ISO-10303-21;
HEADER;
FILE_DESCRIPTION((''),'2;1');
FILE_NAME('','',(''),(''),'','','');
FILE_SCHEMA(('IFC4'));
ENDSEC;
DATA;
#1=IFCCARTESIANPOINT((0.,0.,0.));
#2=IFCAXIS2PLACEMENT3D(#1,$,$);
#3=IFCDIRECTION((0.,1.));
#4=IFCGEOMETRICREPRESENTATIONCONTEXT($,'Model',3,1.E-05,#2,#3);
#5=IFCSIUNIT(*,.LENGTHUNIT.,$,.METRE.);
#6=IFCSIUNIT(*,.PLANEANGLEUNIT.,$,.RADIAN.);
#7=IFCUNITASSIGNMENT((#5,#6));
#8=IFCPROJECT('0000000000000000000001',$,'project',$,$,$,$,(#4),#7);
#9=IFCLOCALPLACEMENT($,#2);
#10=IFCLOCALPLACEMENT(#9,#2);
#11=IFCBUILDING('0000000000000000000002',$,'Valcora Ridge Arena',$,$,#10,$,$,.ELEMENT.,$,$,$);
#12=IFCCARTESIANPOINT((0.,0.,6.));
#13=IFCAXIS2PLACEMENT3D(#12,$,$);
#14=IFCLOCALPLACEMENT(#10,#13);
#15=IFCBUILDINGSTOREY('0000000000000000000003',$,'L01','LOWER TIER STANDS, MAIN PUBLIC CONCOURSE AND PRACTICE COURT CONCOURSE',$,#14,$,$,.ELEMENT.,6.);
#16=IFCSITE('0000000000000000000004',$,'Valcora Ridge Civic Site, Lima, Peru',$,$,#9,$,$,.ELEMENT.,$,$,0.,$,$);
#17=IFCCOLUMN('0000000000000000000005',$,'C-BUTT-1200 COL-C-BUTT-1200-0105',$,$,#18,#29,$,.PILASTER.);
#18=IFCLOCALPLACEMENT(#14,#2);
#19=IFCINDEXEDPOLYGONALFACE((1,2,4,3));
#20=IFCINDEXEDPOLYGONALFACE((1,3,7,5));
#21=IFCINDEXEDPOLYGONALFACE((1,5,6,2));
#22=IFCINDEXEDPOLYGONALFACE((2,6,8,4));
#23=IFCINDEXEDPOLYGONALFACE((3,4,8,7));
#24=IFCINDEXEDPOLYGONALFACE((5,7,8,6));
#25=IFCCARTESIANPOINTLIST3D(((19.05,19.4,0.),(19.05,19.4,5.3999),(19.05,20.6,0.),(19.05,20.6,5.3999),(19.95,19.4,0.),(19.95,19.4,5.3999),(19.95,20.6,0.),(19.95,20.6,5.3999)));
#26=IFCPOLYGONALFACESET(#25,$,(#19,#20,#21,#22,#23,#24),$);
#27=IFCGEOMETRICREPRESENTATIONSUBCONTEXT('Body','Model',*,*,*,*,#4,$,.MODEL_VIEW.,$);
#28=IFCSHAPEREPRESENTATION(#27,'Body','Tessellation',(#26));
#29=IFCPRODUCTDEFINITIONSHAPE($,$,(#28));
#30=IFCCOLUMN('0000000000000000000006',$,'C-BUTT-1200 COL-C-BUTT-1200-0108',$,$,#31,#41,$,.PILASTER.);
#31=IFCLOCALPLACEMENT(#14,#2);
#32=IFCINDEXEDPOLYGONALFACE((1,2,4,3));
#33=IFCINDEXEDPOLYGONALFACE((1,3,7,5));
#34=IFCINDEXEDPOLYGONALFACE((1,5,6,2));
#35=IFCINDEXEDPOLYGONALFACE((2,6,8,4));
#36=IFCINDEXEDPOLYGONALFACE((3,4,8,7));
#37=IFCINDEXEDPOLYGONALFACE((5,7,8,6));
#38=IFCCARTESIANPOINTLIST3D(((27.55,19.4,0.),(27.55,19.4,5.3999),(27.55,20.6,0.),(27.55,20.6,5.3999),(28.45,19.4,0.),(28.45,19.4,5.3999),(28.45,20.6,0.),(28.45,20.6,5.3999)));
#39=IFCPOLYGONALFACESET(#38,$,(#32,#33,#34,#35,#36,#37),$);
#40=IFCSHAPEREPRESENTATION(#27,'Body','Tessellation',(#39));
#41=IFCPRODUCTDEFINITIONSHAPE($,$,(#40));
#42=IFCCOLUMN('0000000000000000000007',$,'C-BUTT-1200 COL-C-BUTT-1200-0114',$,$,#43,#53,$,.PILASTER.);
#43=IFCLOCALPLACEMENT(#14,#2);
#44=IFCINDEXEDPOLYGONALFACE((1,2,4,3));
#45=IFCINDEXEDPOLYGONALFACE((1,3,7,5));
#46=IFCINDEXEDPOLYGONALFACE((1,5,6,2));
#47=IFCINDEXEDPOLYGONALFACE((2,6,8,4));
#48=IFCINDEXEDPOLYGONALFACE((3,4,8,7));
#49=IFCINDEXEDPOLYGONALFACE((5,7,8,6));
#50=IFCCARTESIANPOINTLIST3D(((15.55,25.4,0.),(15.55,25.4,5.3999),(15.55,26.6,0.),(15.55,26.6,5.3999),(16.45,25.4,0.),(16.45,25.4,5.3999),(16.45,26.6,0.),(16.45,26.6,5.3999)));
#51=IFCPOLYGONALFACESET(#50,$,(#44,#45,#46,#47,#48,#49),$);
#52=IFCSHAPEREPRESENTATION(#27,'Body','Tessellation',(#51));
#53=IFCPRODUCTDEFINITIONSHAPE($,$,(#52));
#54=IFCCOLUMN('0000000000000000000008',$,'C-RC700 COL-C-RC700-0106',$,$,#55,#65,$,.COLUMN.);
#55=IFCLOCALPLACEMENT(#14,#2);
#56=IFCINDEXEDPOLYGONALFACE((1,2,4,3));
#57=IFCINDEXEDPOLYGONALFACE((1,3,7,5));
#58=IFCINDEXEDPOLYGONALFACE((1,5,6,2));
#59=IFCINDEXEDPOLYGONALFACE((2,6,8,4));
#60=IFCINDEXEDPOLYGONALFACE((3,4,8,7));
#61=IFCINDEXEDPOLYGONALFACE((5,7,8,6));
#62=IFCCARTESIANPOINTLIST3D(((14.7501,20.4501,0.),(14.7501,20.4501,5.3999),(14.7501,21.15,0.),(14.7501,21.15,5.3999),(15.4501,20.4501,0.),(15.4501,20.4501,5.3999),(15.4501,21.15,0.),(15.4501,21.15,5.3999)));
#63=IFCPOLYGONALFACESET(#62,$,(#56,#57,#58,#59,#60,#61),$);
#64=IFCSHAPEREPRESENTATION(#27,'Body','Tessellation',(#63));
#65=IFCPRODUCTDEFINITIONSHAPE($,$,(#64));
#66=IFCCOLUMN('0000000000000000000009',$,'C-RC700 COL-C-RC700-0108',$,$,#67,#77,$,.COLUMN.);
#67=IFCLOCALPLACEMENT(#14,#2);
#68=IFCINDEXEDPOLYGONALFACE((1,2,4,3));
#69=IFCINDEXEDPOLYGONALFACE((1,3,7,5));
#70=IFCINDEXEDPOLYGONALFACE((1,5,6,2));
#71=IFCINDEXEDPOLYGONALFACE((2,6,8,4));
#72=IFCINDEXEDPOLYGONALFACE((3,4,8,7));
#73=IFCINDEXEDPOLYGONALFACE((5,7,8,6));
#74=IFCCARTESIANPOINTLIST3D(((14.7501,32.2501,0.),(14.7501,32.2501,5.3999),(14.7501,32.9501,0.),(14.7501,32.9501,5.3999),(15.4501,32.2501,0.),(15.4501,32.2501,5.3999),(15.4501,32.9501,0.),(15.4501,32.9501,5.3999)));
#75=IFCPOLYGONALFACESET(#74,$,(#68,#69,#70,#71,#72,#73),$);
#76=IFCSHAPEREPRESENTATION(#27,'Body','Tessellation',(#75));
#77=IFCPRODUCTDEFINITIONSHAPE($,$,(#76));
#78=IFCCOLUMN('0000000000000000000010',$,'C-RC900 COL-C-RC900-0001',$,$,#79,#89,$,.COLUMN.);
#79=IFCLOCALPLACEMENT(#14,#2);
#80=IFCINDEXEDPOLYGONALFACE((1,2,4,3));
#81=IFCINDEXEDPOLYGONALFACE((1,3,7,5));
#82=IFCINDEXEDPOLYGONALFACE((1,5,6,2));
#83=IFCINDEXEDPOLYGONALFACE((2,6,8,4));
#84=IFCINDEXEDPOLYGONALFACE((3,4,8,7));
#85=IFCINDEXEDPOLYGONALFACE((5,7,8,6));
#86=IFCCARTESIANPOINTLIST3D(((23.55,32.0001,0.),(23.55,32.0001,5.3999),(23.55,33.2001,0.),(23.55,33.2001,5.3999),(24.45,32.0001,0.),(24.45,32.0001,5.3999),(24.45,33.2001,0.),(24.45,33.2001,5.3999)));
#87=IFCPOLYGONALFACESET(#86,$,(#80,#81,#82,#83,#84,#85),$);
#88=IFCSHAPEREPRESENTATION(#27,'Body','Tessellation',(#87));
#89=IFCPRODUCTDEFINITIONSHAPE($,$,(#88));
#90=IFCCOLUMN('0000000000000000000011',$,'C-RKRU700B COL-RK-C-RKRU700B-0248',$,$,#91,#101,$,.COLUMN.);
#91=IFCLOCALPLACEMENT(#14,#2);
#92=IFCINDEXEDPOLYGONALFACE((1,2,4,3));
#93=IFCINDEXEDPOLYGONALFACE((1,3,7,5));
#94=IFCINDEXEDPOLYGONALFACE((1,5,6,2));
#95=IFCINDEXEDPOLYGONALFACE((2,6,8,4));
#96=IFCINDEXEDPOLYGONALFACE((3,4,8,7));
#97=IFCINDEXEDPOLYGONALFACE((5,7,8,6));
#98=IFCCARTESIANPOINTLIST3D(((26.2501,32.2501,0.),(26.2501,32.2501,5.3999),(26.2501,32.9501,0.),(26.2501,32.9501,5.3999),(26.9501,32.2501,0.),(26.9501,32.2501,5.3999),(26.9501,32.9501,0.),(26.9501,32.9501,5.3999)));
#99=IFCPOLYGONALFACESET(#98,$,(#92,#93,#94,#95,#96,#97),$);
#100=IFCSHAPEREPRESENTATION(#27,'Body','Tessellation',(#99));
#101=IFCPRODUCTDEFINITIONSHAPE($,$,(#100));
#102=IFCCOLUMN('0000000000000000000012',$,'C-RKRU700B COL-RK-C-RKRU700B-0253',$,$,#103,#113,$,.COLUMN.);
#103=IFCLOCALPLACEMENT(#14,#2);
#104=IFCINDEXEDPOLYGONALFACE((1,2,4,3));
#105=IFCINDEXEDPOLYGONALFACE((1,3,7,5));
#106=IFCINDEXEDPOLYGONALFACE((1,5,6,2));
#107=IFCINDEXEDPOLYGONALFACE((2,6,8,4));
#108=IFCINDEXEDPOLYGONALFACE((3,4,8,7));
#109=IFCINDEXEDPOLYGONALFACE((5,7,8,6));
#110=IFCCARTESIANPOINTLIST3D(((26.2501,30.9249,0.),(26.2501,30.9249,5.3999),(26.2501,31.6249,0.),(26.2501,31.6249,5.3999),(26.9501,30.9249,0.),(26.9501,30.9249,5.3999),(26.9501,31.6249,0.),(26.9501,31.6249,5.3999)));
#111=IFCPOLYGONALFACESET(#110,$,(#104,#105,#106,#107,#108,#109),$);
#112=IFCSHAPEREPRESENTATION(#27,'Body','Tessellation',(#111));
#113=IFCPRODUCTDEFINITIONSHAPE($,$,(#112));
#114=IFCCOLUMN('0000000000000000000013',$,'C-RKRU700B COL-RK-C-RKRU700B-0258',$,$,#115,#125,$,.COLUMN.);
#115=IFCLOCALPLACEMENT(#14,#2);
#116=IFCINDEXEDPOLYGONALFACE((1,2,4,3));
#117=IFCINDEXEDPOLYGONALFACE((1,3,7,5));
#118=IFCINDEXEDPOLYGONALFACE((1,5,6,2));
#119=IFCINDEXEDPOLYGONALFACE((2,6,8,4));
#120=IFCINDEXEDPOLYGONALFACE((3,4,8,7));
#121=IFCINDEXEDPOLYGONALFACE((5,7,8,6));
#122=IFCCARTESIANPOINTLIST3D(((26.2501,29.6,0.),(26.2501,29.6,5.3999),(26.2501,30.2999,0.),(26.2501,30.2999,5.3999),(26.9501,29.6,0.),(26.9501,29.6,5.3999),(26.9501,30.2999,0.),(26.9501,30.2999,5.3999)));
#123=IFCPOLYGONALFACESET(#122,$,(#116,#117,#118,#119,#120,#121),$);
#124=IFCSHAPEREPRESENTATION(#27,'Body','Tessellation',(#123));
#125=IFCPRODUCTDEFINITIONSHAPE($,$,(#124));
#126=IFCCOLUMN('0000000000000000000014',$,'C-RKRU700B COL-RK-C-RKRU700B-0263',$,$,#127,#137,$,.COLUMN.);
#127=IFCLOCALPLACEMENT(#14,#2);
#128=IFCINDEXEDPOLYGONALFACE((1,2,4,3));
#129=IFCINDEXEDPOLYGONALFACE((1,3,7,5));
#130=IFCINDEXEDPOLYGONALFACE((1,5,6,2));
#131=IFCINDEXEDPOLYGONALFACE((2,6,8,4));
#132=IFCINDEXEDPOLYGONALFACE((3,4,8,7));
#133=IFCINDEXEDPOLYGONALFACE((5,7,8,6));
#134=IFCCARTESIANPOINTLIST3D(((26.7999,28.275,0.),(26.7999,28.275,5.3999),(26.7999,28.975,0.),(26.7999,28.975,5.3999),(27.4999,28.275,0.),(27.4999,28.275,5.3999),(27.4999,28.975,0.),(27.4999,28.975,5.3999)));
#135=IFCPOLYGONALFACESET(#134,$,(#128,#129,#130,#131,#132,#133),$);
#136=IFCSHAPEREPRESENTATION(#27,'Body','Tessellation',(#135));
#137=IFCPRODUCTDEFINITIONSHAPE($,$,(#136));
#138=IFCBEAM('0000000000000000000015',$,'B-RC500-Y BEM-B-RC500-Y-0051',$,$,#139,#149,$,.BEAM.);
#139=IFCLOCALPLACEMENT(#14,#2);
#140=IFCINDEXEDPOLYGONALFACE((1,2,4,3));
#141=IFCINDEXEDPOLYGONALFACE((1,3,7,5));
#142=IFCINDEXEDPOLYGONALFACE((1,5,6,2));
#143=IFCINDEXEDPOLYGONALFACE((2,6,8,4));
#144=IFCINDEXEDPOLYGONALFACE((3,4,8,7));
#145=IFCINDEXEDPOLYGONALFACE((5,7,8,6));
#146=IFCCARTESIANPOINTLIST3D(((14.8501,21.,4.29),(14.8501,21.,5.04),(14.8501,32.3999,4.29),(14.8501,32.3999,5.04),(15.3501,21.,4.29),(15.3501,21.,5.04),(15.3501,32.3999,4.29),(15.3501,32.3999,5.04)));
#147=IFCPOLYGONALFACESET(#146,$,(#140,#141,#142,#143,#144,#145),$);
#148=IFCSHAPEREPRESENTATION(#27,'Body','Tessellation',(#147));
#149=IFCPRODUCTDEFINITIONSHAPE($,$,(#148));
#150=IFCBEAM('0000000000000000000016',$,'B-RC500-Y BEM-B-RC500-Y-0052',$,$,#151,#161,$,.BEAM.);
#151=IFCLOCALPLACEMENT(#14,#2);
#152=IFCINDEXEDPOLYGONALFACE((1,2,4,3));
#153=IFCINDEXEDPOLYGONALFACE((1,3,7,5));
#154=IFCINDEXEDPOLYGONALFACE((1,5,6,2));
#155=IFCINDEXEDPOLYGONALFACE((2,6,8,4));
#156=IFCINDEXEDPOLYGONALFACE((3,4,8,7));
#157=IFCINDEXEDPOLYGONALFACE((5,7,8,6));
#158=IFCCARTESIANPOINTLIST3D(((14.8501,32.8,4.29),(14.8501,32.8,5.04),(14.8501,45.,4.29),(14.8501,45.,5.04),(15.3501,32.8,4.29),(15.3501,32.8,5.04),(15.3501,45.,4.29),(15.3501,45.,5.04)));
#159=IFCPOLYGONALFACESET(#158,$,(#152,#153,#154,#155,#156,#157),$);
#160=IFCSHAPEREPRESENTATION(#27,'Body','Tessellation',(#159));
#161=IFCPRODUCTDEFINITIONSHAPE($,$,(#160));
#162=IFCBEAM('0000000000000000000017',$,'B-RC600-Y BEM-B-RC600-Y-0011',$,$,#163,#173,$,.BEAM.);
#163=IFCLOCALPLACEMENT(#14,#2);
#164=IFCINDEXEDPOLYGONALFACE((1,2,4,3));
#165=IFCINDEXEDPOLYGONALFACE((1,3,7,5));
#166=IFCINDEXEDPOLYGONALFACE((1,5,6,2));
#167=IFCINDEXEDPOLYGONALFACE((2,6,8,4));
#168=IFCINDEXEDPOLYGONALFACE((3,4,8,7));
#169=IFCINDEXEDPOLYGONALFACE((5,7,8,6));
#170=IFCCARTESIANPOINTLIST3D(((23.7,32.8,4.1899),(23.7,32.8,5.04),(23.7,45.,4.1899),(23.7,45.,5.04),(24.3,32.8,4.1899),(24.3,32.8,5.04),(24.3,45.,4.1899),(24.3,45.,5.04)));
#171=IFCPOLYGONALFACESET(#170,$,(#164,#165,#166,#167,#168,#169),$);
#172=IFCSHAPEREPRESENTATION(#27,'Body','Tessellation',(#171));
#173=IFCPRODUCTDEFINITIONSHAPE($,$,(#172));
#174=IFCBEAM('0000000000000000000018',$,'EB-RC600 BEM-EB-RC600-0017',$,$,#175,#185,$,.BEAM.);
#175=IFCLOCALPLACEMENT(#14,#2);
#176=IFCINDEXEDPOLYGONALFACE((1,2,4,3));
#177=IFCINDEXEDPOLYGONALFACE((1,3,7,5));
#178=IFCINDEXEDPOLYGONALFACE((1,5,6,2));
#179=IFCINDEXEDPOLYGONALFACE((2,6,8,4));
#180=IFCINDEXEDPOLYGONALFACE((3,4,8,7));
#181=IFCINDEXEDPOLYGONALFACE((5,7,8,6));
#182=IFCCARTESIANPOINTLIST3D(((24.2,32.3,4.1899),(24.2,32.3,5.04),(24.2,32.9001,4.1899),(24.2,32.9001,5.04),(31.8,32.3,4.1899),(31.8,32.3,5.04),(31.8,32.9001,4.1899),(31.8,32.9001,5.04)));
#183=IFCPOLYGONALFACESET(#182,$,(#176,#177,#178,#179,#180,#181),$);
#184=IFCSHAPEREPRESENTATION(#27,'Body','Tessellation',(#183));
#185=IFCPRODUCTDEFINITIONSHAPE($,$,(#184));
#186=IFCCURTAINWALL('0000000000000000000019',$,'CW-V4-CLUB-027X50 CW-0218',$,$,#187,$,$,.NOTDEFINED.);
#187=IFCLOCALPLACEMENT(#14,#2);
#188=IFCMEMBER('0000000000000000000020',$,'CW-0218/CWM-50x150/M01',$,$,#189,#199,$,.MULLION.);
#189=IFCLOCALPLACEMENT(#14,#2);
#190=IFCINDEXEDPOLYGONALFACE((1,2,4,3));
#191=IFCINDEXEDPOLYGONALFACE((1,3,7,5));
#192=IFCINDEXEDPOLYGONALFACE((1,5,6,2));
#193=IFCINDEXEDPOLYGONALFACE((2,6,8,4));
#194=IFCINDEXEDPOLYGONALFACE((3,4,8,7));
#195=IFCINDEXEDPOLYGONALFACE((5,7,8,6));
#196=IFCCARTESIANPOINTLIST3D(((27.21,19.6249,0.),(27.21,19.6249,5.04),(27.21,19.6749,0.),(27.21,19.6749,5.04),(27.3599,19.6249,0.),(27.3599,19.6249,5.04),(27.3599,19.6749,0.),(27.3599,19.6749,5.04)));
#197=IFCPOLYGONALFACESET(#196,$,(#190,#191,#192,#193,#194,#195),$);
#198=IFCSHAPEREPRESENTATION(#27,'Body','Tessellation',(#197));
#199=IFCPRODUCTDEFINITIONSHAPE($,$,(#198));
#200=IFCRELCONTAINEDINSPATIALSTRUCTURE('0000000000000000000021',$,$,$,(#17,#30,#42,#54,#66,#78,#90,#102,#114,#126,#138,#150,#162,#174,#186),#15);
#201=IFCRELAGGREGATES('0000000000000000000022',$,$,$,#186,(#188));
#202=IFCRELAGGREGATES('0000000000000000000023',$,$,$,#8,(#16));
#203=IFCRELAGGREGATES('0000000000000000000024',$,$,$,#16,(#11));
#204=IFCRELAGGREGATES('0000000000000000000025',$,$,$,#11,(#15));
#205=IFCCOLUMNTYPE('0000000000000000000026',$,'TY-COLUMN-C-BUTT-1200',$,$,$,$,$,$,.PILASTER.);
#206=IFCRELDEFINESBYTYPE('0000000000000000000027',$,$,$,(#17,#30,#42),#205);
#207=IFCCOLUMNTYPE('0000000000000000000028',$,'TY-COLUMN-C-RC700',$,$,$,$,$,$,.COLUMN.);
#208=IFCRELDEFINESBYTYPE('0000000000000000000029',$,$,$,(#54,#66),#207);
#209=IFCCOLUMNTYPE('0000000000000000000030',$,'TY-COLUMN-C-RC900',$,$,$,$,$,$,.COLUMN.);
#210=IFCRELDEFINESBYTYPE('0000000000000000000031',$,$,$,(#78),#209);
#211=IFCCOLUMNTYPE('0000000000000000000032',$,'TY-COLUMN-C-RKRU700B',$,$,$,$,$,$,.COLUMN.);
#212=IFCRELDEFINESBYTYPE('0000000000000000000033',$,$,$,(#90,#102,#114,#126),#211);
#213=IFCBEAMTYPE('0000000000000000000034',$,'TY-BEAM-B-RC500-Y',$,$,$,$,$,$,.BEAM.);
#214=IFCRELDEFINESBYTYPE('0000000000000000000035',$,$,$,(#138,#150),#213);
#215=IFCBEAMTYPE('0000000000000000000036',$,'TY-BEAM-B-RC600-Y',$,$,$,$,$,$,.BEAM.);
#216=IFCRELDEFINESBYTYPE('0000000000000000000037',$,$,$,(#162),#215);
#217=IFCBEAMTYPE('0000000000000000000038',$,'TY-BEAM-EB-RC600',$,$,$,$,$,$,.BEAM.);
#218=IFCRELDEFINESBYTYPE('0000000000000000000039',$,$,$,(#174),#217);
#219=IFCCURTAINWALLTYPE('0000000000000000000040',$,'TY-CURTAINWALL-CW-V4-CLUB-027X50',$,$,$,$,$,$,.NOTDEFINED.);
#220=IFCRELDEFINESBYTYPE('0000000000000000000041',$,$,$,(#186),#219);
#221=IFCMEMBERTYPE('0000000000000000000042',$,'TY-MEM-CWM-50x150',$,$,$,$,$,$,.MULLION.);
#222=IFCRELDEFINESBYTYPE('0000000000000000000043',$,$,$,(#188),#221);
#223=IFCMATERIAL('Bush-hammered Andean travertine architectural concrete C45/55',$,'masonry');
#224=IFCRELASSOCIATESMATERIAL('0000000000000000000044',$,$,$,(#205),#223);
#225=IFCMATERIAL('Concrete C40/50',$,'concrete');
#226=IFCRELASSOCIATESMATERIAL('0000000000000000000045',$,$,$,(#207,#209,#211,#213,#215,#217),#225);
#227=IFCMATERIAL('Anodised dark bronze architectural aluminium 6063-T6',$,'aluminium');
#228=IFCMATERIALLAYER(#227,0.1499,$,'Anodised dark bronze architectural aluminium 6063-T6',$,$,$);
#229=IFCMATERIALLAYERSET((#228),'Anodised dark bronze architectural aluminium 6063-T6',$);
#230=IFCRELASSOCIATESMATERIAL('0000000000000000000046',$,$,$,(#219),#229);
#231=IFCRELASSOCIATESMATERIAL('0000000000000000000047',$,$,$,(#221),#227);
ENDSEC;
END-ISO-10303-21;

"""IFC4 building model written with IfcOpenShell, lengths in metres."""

from ifc_helpers import new_model, si_unit, direction, frame, origin, origin_2d, place, context, subcontext, project, spatial, rectangle, extrude, material, layer, layer_set, material_profile, profile_set, type_object, element, aggregate, save


model = new_model("IFC4")

# Units and contexts
model_context = context("Model", 3, precision=1e-05, world=origin(), true_north=direction((0.0, 1.0)))
body_context = subcontext(model_context, "Body", "Model", "MODEL_VIEW")
ifc_project = project(units=[si_unit("LENGTHUNIT", "METRE"), si_unit("PLANEANGLEUNIT", "RADIAN")], contexts=[model_context])

# Site, building, storey
site_placement = place(None, origin())
site = spatial("IfcSite", under=ifc_project, at=site_placement, Name="Valcora Ridge Civic Site, Lima, Peru", CompositionType="ELEMENT", RefElevation=0.0)
building_placement = place(site_placement, origin())
building = spatial("IfcBuilding", under=site, at=building_placement, Name="Valcora Ridge Arena", CompositionType="ELEMENT")
storey_placement = place(building_placement, frame((0.0, 0.0, 6.0)))
storey = spatial("IfcBuildingStorey", under=building, at=storey_placement, Name="L01", Description="LOWER TIER STANDS, MAIN PUBLIC CONCOURSE AND PRACTICE COURT CONCOURSE", CompositionType="ELEMENT", Elevation=6.0)

# Columns
ifc_material_1 = material(Name="Bush-hammered Andean travertine architectural concrete C45/55", Category="masonry")
ifc_material_profile_1 = material_profile(ifc_material_1, rectangle(XDim=0.8999, YDim=1.2, at=origin_2d()), Name="RC 900x1200")
ifc_profile_set_1 = profile_set([ifc_material_profile_1], Name="Bush-hammered Andean travertine architectural concrete C45/55")
column_type_1 = type_object("IfcColumnType", Name="TY-COLUMN-C-BUTT-1200", PredefinedType="PILASTER", material=ifc_profile_set_1)
for number, where, z_axis, x_axis, name in (
    (1, (19.5, 20.0, 0.0), (0.0, 0.0, 1.0), (1.0, 0.0, 0.0), "C-BUTT-1200 COL-C-BUTT-1200-0105"),
    (2, (28.0, 20.0, 0.0), (0.0, 0.0, 1.0), (1.0, 0.0, 0.0), "C-BUTT-1200 COL-C-BUTT-1200-0108"),
    (3, (16.0, 26.0, 0.0), (0.0, 0.0, 1.0), (1.0, 0.0, 0.0), "C-BUTT-1200 COL-C-BUTT-1200-0114"),
):
    element("IfcColumn", number, at=place(storey_placement, frame(where, z_axis=z_axis, x_axis=x_axis)), inside=storey, type_object=column_type_1, Name=name, PredefinedType="PILASTER", context=body_context, shape_type="SweptSolid", body=[
        extrude(rectangle(XDim=0.8999, YDim=1.2, at=origin_2d()), origin(), (0.0, 0.0, 1.0), 5.3999),
    ])
ifc_material_2 = material(Name="Concrete C40/50", Category="concrete")
ifc_material_profile_2 = material_profile(ifc_material_2, rectangle(XDim=0.7, YDim=0.7, at=origin_2d()), Name="RC 700x700")
ifc_profile_set_2 = profile_set([ifc_material_profile_2], Name="Concrete C40/50")
column_type_2 = type_object("IfcColumnType", Name="TY-COLUMN-C-RC700", PredefinedType="COLUMN", material=ifc_profile_set_2)
for number, where, z_axis, x_axis, name in (
    (4, (15.1001, 20.8, 0.0), (0.0, 0.0, 1.0), (1.0, 0.0, 0.0), "C-RC700 COL-C-RC700-0106"),
    (5, (15.1001, 32.6001, 0.0), (0.0, 0.0, 1.0), (1.0, 0.0, 0.0), "C-RC700 COL-C-RC700-0108"),
):
    element("IfcColumn", number, at=place(storey_placement, frame(where, z_axis=z_axis, x_axis=x_axis)), inside=storey, type_object=column_type_2, Name=name, PredefinedType="COLUMN", context=body_context, shape_type="SweptSolid", body=[
        extrude(rectangle(XDim=0.7, YDim=0.7, at=origin_2d()), origin(), (0.0, 0.0, 1.0), 5.3999),
    ])
ifc_material_profile_3 = material_profile(ifc_material_2, rectangle(XDim=0.8999, YDim=1.2, at=origin_2d()), Name="RC 900x1200")
ifc_profile_set_3 = profile_set([ifc_material_profile_3], Name="Concrete C40/50")
column_type_3 = type_object("IfcColumnType", Name="TY-COLUMN-C-RC900", PredefinedType="COLUMN", material=ifc_profile_set_3)
column_placement = place(storey_placement, frame((24.0, 32.6001, 0.0), z_axis=(0.0, 0.0, 1.0), x_axis=(1.0, 0.0, 0.0)))
element("IfcColumn", 6, at=column_placement, inside=storey, type_object=column_type_3, Name="C-RC900 COL-C-RC900-0001", PredefinedType="COLUMN", context=body_context, shape_type="SweptSolid", body=[
    extrude(rectangle(XDim=0.8999, YDim=1.2, at=origin_2d()), origin(), (0.0, 0.0, 1.0), 5.3999),
])
ifc_material_profile_4 = material_profile(ifc_material_2, rectangle(XDim=0.7, YDim=0.7, at=origin_2d()), Name="RC 700x700")
ifc_profile_set_4 = profile_set([ifc_material_profile_4], Name="Concrete C40/50")
column_type_4 = type_object("IfcColumnType", Name="TY-COLUMN-C-RKRU700B", PredefinedType="COLUMN", material=ifc_profile_set_4)
for number, where, z_axis, x_axis, name in (
    (7, (26.6001, 32.6001, 0.0), (0.0, 0.0, 1.0), (1.0, 0.0, 0.0), "C-RKRU700B COL-RK-C-RKRU700B-0248"),
    (8, (26.6001, 31.2749, 0.0), (0.0, 0.0, 1.0), (1.0, 0.0, 0.0), "C-RKRU700B COL-RK-C-RKRU700B-0253"),
    (9, (26.6001, 29.95, 0.0), (0.0, 0.0, 1.0), (1.0, 0.0, 0.0), "C-RKRU700B COL-RK-C-RKRU700B-0258"),
    (10, (27.1499, 28.625, 0.0), (0.0, 0.0, 1.0), (1.0, 0.0, 0.0), "C-RKRU700B COL-RK-C-RKRU700B-0263"),
):
    element("IfcColumn", number, at=place(storey_placement, frame(where, z_axis=z_axis, x_axis=x_axis)), inside=storey, type_object=column_type_4, Name=name, PredefinedType="COLUMN", context=body_context, shape_type="SweptSolid", body=[
        extrude(rectangle(XDim=0.7, YDim=0.7, at=origin_2d()), origin(), (0.0, 0.0, 1.0), 5.3999),
    ])

# Beams
ifc_material_profile_5 = material_profile(ifc_material_2, rectangle(XDim=0.5, YDim=0.75, at=origin_2d()), Name="RC 500x750")
ifc_profile_set_5 = profile_set([ifc_material_profile_5], Name="Concrete C40/50")
beam_type_1 = type_object("IfcBeamType", Name="TY-BEAM-B-RC500-Y", PredefinedType="BEAM", material=ifc_profile_set_5)
beam_1_placement = place(storey_placement, frame((15.1001, 21.0, 4.665), z_axis=(0.0, 1.0, 0.0), x_axis=(-1.0, 0.0, 0.0)))
element("IfcBeam", 11, at=beam_1_placement, inside=storey, type_object=beam_type_1, Name="B-RC500-Y BEM-B-RC500-Y-0051", PredefinedType="BEAM", context=body_context, shape_type="SweptSolid", body=[
    extrude(rectangle(XDim=0.5, YDim=0.75, at=origin_2d()), origin(), (0.0, 0.0, 1.0), 11.3999),
])
beam_2_placement = place(storey_placement, frame((15.1001, 32.8, 4.665), z_axis=(0.0, 1.0, 0.0), x_axis=(-1.0, 0.0, 0.0)))
element("IfcBeam", 12, at=beam_2_placement, inside=storey, type_object=beam_type_1, Name="B-RC500-Y BEM-B-RC500-Y-0052", PredefinedType="BEAM", context=body_context, shape_type="SweptSolid", body=[
    extrude(rectangle(XDim=0.5, YDim=0.75, at=origin_2d()), origin(), (0.0, 0.0, 1.0), 12.2),
])
ifc_material_profile_6 = material_profile(ifc_material_2, rectangle(XDim=0.6001, YDim=0.8501, at=origin_2d()), Name="RC 600x850")
ifc_profile_set_6 = profile_set([ifc_material_profile_6], Name="Concrete C40/50")
beam_type_2 = type_object("IfcBeamType", Name="TY-BEAM-B-RC600-Y", PredefinedType="BEAM", material=ifc_profile_set_6)
beam_3_placement = place(storey_placement, frame((24.0, 32.8, 4.615), z_axis=(0.0, 1.0, 0.0), x_axis=(-1.0, 0.0, 0.0)))
element("IfcBeam", 13, at=beam_3_placement, inside=storey, type_object=beam_type_2, Name="B-RC600-Y BEM-B-RC600-Y-0011", PredefinedType="BEAM", context=body_context, shape_type="SweptSolid", body=[
    extrude(rectangle(XDim=0.6001, YDim=0.8501, at=origin_2d()), origin(), (0.0, 0.0, 1.0), 12.2),
])
ifc_material_profile_7 = material_profile(ifc_material_2, rectangle(XDim=0.6001, YDim=0.8501, at=origin_2d()), Name="RC 600x850")
ifc_profile_set_7 = profile_set([ifc_material_profile_7], Name="Concrete C40/50")
beam_type_3 = type_object("IfcBeamType", Name="TY-BEAM-EB-RC600", PredefinedType="BEAM", material=ifc_profile_set_7)
beam_4_placement = place(storey_placement, frame((24.2, 32.6001, 4.615), z_axis=(1.0, 0.0, 0.0), x_axis=(0.0, 1.0, 0.0)))
element("IfcBeam", 14, at=beam_4_placement, inside=storey, type_object=beam_type_3, Name="EB-RC600 BEM-EB-RC600-0017", PredefinedType="BEAM", context=body_context, shape_type="SweptSolid", body=[
    extrude(rectangle(XDim=0.6001, YDim=0.8501, at=origin_2d()), origin(), (0.0, 0.0, 1.0), 7.6001),
])

# Curtain wall, member
ifc_material_3 = material(Name="Anodised dark bronze architectural aluminium 6063-T6", Category="aluminium")
ifc_layer_1 = layer(ifc_material_3, 0.1499, Name="Anodised dark bronze architectural aluminium 6063-T6")
ifc_layer_set_1 = layer_set([ifc_layer_1], Name="Anodised dark bronze architectural aluminium 6063-T6")
curtain_wall_type = type_object("IfcCurtainWallType", Name="TY-CURTAINWALL-CW-V4-CLUB-027X50", PredefinedType="NOTDEFINED", material=ifc_layer_set_1)
curtain_wall_placement = place(storey_placement, origin())
curtain_wall = element("IfcCurtainWall", 15, at=curtain_wall_placement, inside=storey, type_object=curtain_wall_type, Name="CW-V4-CLUB-027X50 CW-0218", PredefinedType="NOTDEFINED")
ifc_material_profile_8 = material_profile(ifc_material_3, rectangle(XDim=0.05, YDim=0.1499, at=origin_2d()), Name="ALU MULLION 50x150")
ifc_profile_set_8 = profile_set([ifc_material_profile_8], Name="Anodised dark bronze architectural aluminium 6063-T6")
member_type = type_object("IfcMemberType", Name="TY-MEM-CWM-50x150", PredefinedType="MULLION", material=ifc_profile_set_8)
member_placement = place(storey_placement, frame((27.2849, 19.6499, 0.0), z_axis=(0.0, 0.0, 1.0), x_axis=(0.0, 1.0, 0.0)))
member = element("IfcMember", 16, at=member_placement, type_object=member_type, Name="CW-0218/CWM-50x150/M01", PredefinedType="MULLION", context=body_context, shape_type="SweptSolid", body=[
    extrude(rectangle(XDim=0.05, YDim=0.1499, at=origin_2d()), origin(), (0.0, 0.0, 1.0), 5.04),
])
aggregate(curtain_wall, [member])

save(model, "model.ifc")
